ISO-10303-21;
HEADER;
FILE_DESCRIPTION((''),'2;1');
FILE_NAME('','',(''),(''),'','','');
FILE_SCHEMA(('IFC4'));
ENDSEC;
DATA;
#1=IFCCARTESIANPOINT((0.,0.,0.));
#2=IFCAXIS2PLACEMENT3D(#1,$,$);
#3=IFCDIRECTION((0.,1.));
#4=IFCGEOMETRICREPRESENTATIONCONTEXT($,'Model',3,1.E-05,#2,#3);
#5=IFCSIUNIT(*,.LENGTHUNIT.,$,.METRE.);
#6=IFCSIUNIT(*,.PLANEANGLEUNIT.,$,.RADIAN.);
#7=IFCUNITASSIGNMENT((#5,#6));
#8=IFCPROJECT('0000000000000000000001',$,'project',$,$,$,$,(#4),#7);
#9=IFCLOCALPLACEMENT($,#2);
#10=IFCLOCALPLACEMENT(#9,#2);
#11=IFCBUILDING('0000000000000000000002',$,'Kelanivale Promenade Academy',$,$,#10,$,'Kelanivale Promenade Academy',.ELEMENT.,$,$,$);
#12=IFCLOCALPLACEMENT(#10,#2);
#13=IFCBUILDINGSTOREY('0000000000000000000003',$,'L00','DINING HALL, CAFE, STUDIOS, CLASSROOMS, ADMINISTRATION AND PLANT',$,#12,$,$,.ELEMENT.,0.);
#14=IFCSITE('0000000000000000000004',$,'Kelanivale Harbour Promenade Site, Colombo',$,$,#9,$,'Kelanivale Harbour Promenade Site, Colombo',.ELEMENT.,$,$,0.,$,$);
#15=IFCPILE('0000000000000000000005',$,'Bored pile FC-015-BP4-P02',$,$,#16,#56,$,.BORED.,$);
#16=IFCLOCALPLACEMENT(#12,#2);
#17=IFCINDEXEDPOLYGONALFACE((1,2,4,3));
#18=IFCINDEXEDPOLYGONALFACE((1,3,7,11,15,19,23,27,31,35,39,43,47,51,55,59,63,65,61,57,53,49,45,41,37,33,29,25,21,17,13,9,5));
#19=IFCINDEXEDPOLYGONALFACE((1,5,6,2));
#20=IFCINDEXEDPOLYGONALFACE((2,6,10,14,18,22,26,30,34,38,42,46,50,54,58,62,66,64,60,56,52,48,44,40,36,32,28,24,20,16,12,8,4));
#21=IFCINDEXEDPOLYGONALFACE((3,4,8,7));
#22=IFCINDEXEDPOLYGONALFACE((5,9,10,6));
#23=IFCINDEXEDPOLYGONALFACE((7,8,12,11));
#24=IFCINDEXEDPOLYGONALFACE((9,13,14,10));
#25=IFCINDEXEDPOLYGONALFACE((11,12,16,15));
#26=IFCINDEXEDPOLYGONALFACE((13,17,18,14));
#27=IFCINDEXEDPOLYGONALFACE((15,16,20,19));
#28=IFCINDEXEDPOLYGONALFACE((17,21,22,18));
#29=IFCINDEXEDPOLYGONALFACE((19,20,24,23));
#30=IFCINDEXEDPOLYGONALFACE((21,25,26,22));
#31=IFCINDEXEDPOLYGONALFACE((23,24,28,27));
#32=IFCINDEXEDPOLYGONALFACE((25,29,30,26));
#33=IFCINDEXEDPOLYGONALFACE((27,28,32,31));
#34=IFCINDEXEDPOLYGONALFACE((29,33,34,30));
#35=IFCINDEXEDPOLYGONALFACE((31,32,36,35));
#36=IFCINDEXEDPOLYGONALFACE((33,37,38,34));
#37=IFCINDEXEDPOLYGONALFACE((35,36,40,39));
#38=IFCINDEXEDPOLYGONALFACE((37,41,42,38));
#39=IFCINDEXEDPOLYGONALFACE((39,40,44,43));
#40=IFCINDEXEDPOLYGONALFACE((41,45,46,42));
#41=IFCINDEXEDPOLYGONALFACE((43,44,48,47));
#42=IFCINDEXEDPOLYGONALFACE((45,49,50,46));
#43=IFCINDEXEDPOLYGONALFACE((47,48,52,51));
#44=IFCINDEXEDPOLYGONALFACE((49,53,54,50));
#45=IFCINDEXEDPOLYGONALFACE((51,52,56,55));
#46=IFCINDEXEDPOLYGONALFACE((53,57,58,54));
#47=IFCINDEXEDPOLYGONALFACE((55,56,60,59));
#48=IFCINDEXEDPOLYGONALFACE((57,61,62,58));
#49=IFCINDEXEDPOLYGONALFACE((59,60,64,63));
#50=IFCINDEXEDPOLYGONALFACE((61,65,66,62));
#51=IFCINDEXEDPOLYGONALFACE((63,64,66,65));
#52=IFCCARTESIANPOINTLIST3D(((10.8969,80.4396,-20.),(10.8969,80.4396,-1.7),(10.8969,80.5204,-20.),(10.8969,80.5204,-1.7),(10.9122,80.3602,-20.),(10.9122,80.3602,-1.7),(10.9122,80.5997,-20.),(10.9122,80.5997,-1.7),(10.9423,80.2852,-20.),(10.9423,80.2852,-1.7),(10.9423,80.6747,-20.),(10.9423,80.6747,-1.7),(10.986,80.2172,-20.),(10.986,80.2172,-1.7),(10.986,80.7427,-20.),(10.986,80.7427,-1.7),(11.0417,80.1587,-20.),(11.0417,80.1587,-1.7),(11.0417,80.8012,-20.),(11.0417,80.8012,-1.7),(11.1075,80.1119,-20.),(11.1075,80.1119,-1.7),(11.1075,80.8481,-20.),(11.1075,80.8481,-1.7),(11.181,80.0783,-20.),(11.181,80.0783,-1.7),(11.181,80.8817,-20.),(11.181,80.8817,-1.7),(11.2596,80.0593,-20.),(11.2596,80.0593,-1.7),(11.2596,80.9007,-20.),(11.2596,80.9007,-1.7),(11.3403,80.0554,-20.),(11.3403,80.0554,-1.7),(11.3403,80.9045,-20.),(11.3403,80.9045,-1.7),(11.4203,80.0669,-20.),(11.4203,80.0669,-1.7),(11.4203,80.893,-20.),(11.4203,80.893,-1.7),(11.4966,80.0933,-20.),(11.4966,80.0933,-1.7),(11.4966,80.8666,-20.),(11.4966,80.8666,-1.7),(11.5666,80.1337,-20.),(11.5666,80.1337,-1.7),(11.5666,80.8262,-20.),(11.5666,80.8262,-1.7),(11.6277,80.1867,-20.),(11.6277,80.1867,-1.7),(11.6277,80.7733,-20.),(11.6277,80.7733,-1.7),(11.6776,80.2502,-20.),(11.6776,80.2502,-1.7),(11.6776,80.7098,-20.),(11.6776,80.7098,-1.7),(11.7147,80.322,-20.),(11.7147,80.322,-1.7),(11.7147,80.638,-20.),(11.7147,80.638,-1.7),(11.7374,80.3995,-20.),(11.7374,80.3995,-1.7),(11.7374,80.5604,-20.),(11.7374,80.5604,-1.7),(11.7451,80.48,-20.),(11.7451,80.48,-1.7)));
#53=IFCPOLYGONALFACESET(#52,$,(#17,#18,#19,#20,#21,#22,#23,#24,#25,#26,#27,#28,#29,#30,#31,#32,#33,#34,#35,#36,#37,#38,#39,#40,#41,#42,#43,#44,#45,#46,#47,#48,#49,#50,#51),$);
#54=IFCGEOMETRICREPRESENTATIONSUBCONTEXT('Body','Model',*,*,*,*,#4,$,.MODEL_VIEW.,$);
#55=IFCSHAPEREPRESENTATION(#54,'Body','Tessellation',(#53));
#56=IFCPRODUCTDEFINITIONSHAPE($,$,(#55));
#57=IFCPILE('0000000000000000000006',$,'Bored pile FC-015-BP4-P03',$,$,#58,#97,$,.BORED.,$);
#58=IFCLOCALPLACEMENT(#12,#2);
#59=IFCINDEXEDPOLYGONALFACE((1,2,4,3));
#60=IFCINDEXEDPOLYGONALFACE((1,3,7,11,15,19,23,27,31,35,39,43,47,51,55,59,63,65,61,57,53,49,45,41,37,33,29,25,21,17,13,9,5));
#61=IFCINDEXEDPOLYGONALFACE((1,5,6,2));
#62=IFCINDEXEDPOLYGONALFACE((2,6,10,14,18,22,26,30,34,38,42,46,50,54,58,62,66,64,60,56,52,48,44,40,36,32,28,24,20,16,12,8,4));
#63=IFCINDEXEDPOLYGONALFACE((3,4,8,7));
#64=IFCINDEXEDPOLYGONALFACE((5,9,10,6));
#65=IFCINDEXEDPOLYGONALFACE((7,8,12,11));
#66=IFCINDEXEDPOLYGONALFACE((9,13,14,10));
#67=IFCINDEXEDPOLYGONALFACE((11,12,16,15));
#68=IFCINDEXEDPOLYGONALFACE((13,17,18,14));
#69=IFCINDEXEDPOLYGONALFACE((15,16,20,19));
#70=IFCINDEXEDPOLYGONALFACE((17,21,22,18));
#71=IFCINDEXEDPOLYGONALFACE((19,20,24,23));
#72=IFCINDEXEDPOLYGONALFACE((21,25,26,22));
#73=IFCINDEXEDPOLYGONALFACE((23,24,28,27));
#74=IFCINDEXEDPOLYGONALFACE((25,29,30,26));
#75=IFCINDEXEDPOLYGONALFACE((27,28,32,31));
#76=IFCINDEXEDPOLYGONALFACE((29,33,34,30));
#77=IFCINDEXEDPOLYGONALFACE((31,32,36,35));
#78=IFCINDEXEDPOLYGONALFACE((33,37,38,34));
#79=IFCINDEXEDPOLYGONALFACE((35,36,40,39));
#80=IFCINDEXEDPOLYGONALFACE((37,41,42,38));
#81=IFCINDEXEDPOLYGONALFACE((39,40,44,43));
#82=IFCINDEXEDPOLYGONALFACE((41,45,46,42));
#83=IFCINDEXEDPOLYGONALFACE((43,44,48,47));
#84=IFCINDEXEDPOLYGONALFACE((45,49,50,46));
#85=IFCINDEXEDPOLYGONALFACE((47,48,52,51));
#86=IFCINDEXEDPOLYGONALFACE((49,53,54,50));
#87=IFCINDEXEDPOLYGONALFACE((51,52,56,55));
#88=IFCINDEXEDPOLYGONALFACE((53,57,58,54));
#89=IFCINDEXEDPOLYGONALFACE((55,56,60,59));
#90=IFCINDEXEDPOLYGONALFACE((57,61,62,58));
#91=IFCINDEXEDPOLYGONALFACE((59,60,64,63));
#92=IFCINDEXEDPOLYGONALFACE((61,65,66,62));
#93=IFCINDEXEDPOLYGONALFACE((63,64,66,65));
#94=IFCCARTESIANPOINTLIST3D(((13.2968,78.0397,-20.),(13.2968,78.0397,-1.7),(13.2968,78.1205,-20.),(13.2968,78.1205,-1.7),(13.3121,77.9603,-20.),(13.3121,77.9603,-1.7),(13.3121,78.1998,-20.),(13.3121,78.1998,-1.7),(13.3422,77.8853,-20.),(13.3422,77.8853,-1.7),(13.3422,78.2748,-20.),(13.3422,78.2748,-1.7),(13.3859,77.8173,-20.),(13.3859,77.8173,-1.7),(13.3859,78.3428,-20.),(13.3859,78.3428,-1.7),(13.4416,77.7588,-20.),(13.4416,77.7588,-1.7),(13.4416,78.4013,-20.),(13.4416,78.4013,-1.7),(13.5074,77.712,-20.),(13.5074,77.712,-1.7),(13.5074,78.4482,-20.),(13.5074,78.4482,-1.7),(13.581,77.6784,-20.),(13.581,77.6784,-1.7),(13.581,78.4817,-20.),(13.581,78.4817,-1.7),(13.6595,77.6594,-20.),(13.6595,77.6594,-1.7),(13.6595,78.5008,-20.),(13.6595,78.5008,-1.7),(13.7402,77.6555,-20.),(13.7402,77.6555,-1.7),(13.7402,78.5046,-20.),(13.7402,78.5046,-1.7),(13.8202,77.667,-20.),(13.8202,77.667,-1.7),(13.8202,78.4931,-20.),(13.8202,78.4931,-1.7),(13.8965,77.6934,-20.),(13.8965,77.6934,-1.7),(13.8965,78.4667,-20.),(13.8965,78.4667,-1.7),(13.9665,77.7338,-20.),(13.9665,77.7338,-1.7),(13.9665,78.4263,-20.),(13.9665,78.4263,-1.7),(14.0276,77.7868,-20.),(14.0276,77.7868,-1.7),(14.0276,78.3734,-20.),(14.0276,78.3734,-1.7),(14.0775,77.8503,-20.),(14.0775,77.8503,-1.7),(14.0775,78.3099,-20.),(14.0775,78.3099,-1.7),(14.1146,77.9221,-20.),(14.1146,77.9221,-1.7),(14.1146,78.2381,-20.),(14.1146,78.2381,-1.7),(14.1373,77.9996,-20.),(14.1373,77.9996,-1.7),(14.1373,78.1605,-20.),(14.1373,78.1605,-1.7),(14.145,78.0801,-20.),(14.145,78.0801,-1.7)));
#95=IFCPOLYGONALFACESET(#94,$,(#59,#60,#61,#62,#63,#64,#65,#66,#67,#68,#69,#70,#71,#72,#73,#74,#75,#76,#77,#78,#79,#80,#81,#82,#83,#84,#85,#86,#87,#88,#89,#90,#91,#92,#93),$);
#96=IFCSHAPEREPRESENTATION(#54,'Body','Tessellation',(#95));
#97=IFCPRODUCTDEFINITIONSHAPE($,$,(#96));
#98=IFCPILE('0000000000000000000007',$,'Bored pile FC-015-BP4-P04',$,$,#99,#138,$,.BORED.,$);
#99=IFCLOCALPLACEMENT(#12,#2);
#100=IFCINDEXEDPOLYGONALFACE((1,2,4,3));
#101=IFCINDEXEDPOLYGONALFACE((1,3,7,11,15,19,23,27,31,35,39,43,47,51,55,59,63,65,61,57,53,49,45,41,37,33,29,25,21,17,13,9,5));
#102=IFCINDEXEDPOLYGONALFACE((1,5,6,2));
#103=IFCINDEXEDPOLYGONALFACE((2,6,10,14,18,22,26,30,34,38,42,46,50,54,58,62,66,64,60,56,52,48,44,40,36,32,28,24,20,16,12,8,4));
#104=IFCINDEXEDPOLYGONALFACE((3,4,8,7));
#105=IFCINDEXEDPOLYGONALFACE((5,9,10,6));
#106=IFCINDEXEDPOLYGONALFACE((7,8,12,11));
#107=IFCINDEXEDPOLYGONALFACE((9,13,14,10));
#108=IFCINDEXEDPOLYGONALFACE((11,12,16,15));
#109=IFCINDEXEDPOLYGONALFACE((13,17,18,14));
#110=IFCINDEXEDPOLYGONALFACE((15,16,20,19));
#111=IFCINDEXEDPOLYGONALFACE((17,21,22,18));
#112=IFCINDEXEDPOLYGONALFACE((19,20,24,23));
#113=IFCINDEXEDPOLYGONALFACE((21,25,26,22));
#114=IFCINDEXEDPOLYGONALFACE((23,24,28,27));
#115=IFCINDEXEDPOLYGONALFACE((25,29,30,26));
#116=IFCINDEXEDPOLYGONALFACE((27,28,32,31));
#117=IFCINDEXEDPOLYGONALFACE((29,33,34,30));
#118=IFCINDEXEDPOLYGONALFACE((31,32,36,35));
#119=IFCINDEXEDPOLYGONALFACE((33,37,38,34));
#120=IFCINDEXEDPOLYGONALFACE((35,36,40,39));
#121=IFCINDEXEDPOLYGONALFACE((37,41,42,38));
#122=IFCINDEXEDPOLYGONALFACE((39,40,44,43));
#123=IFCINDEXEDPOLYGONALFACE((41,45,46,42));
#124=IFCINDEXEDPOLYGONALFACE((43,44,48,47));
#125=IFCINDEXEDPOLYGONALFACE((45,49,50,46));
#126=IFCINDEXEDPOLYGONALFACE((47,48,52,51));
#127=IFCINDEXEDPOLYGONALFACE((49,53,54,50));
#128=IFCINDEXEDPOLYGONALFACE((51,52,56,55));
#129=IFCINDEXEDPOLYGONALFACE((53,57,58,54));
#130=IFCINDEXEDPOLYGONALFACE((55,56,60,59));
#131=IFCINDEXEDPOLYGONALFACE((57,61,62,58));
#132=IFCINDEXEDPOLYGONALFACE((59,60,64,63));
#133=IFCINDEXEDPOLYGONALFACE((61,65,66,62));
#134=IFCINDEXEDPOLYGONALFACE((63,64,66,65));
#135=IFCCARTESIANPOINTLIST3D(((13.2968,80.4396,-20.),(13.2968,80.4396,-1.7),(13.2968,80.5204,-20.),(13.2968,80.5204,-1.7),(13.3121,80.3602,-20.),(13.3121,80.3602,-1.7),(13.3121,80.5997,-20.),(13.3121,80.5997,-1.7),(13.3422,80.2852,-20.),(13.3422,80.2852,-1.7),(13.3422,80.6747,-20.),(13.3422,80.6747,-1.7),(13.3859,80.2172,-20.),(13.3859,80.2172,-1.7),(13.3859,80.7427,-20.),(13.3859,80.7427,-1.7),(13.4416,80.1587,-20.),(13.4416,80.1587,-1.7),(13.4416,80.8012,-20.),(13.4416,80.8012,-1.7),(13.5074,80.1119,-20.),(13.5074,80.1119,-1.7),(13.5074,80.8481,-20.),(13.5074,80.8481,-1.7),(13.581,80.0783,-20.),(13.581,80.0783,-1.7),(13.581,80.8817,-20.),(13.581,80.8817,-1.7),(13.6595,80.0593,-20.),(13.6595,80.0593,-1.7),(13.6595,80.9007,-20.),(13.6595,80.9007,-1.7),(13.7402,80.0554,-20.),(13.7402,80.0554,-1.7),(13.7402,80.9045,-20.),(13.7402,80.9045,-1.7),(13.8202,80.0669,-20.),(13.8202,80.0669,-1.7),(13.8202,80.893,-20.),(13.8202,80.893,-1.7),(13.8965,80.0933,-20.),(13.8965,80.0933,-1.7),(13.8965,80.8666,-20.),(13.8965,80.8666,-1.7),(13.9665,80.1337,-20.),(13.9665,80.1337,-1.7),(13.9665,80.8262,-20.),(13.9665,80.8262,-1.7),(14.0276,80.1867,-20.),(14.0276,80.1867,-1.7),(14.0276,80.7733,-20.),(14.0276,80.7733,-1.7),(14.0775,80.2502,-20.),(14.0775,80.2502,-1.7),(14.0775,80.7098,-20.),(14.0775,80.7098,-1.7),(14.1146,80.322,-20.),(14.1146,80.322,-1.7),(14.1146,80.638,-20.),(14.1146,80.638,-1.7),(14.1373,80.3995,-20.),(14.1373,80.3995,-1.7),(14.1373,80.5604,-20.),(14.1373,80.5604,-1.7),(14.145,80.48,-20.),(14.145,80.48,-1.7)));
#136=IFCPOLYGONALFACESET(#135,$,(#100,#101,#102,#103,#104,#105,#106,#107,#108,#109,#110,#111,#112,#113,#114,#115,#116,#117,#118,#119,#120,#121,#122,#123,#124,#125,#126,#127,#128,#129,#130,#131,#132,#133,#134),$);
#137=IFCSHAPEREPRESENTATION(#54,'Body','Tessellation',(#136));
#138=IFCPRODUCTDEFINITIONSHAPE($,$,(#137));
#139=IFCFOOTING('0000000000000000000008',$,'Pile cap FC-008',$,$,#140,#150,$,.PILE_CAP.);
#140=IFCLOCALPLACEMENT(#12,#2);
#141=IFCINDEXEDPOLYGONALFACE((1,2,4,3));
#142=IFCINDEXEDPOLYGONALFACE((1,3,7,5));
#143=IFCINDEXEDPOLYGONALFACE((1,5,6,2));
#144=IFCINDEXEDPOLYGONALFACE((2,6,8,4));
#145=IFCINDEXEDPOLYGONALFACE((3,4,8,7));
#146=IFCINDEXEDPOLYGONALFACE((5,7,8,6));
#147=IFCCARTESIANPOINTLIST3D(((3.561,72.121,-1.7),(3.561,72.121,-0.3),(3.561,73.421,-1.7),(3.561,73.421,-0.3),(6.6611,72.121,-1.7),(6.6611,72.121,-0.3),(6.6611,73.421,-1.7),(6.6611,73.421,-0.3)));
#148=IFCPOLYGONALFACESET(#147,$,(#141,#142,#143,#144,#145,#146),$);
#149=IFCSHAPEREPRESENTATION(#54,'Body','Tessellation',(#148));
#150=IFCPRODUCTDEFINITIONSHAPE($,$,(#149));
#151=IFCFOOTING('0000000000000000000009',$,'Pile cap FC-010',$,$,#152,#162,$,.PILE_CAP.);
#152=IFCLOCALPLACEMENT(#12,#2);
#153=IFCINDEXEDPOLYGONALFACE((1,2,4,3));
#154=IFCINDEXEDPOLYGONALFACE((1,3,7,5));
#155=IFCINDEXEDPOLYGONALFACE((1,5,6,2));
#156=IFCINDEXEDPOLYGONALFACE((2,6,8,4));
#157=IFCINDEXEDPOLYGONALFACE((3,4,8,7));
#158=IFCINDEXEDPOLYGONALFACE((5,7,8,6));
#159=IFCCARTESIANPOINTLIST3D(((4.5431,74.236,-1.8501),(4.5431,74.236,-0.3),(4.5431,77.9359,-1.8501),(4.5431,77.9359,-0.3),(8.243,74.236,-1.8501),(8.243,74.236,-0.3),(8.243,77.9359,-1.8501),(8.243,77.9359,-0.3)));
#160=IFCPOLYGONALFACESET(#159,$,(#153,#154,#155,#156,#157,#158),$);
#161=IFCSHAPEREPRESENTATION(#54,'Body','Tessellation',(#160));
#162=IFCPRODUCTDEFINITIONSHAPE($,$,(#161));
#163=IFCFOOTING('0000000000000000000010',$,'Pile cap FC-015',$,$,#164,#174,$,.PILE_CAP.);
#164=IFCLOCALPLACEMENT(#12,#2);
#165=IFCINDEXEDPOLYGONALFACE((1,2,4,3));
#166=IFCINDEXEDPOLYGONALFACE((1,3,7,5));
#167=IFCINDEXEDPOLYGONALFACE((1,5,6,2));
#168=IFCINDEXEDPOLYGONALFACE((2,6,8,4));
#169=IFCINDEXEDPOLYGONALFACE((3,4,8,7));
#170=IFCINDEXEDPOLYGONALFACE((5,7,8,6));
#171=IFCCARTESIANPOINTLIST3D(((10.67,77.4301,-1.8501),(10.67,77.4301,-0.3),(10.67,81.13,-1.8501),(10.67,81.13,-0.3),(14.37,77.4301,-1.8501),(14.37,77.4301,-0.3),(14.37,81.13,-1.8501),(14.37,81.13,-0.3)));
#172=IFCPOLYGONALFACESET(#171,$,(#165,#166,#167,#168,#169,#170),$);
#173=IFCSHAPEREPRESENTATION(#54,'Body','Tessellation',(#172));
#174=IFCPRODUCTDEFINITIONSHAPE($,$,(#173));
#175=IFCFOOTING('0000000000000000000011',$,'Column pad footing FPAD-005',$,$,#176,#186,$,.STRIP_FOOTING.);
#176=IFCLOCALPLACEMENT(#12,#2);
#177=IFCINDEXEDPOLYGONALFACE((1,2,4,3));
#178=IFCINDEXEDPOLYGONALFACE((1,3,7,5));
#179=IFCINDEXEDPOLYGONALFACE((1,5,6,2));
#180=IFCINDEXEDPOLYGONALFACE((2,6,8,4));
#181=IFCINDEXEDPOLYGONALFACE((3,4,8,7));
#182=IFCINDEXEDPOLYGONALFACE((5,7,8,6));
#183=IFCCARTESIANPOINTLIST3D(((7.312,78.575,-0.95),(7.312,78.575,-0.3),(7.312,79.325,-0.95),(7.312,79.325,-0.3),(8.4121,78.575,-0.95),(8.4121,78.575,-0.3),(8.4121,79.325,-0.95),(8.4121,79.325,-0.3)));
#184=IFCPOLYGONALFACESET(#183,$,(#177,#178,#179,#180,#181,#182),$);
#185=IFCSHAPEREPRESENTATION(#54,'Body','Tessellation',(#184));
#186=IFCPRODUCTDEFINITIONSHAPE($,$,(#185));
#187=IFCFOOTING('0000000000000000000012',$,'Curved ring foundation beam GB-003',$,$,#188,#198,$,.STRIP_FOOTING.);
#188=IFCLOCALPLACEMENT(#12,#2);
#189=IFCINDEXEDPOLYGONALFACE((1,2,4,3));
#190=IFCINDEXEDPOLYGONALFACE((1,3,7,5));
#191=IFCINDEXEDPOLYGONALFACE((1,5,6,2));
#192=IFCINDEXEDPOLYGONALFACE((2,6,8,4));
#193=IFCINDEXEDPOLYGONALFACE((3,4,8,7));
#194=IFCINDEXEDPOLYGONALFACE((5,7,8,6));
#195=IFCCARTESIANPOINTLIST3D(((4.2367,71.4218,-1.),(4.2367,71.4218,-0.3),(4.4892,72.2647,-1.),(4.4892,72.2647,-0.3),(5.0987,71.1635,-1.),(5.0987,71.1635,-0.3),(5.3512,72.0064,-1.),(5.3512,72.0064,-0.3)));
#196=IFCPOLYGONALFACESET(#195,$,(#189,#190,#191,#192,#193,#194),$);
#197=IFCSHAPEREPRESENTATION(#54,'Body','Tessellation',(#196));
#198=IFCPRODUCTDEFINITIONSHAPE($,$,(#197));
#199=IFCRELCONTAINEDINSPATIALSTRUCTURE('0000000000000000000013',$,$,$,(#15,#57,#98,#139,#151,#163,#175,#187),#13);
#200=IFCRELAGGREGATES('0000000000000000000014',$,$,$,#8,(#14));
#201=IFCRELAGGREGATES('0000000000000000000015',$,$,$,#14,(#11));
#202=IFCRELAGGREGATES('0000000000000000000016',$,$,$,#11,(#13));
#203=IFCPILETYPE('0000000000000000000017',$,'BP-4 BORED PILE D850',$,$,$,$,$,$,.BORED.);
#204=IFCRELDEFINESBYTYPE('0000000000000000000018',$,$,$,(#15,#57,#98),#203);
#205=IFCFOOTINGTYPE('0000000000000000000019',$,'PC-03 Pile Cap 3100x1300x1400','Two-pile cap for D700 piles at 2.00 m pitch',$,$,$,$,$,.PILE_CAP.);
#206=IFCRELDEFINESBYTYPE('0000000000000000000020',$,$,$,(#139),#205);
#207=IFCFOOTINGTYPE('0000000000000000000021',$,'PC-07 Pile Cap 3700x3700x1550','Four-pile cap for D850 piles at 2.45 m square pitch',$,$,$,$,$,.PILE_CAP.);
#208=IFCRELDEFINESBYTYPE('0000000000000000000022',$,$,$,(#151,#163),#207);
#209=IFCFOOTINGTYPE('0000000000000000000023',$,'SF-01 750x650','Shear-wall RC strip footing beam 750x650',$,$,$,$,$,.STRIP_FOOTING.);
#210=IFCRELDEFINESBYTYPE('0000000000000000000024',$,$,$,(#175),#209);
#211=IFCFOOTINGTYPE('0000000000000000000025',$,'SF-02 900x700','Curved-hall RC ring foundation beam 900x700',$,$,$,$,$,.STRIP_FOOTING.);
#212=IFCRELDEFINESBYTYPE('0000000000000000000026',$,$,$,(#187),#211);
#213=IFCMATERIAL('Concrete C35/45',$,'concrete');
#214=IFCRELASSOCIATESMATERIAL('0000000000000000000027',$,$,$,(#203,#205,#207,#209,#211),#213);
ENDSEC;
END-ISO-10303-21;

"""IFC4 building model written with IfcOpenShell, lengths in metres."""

from ifc_helpers import new_model, si_unit, direction, frame, origin, origin_2d, place, context, subcontext, project, spatial, rectangle, circle, extrude, material, material_profile, profile_set, type_object, element, save


model = new_model("IFC4")

# Units and contexts
model_context = context("Model", 3, precision=1e-05, world=origin(), true_north=direction((0.0, 1.0)))
body_context = subcontext(model_context, "Body", "Model", "MODEL_VIEW")
ifc_project = project(units=[si_unit("LENGTHUNIT", "METRE"), si_unit("PLANEANGLEUNIT", "RADIAN")], contexts=[model_context])

# Site, building, storey
site_placement = place(None, origin())
site = spatial("IfcSite", under=ifc_project, at=site_placement, Name="Kelanivale Harbour Promenade Site, Colombo", LongName="Kelanivale Harbour Promenade Site, Colombo", CompositionType="ELEMENT", RefElevation=0.0)
building_placement = place(site_placement, origin())
building = spatial("IfcBuilding", under=site, at=building_placement, Name="Kelanivale Promenade Academy", LongName="Kelanivale Promenade Academy", CompositionType="ELEMENT")
storey_placement = place(building_placement, origin())
storey = spatial("IfcBuildingStorey", under=building, at=storey_placement, Name="L00", Description="DINING HALL, CAFE, STUDIOS, CLASSROOMS, ADMINISTRATION AND PLANT", CompositionType="ELEMENT", Elevation=0.0)

# Piles
ifc_material_1 = material(Name="Concrete C35/45", Category="concrete")
ifc_material_profile_1 = material_profile(ifc_material_1, circle(Radius=0.425, at=origin_2d()), Name="BORED PILE D850")
ifc_profile_set_1 = profile_set([ifc_material_profile_1], Name="Concrete C35/45")
pile_type_1 = type_object("IfcPileType", Name="BP-4 BORED PILE D850", PredefinedType="BORED", material=ifc_profile_set_1)
for number, where, z_axis, x_axis, name in (
    (1, (11.3201, 80.48, -1.7), (0.0, 0.0, -1.0), (1.0, 0.0, 0.0), "Bored pile FC-015-BP4-P02"),
    (2, (13.72, 78.0801, -1.7), (0.0, 0.0, -1.0), (1.0, 0.0, 0.0), "Bored pile FC-015-BP4-P03"),
    (3, (13.72, 80.48, -1.7), (0.0, 0.0, -1.0), (1.0, 0.0, 0.0), "Bored pile FC-015-BP4-P04"),
):
    element("IfcPile", number, at=place(storey_placement, frame(where, z_axis=z_axis, x_axis=x_axis)), inside=storey, type_object=pile_type_1, Name=name, PredefinedType="BORED", context=body_context, shape_type="SweptSolid", body=[
        extrude(circle(Radius=0.425, at=origin_2d()), origin(), (0.0, 0.0, 1.0), 18.3),
    ])

# Footings
footing_type_1 = type_object("IfcFootingType", Name="PC-03 Pile Cap 3100x1300x1400", Description="Two-pile cap for D700 piles at 2.00 m pitch", PredefinedType="PILE_CAP", material=ifc_material_1)
footing_1_placement = place(storey_placement, frame((5.1111, 72.771, -1.7), z_axis=(0.0, 0.0, 1.0), x_axis=(1.0, 0.0, 0.0)))
element("IfcFooting", 4, at=footing_1_placement, inside=storey, type_object=footing_type_1, Name="Pile cap FC-008", PredefinedType="PILE_CAP", context=body_context, shape_type="SweptSolid", body=[
    extrude(rectangle(XDim=3.1001, YDim=1.3, at=origin_2d()), origin(), (0.0, 0.0, 1.0), 1.3999),
])
footing_type_2 = type_object("IfcFootingType", Name="PC-07 Pile Cap 3700x3700x1550", Description="Four-pile cap for D850 piles at 2.45 m square pitch", PredefinedType="PILE_CAP", material=ifc_material_1)
for number, where, z_axis, x_axis, name in (
    (5, (6.3931, 76.0859, -1.8501), (0.0, 0.0, 1.0), (1.0, 0.0, 0.0), "Pile cap FC-010"),
    (6, (12.52, 79.28, -1.8501), (0.0, 0.0, 1.0), (1.0, 0.0, 0.0), "Pile cap FC-015"),
):
    element("IfcFooting", number, at=place(storey_placement, frame(where, z_axis=z_axis, x_axis=x_axis)), inside=storey, type_object=footing_type_2, Name=name, PredefinedType="PILE_CAP", context=body_context, shape_type="SweptSolid", body=[
        extrude(rectangle(XDim=3.7, YDim=3.7, at=origin_2d()), origin(), (0.0, 0.0, 1.0), 1.55),
    ])
footing_type_3 = type_object("IfcFootingType", Name="SF-01 750x650", Description="Shear-wall RC strip footing beam 750x650", PredefinedType="STRIP_FOOTING", material=ifc_material_1)
footing_2_placement = place(storey_placement, frame((7.8621, 78.95, -0.95), z_axis=(0.0, 0.0, 1.0), x_axis=(1.0, 0.0, 0.0)))
element("IfcFooting", 7, at=footing_2_placement, inside=storey, type_object=footing_type_3, Name="Column pad footing FPAD-005", PredefinedType="STRIP_FOOTING", context=body_context, shape_type="SweptSolid", body=[
    extrude(rectangle(XDim=1.1001, YDim=0.75, at=origin_2d()), origin(), (0.0, 0.0, 1.0), 0.6499),
])
footing_type_4 = type_object("IfcFootingType", Name="SF-02 900x700", Description="Curved-hall RC ring foundation beam 900x700", PredefinedType="STRIP_FOOTING", material=ifc_material_1)
footing_3_placement = place(storey_placement, frame((4.7939, 71.7141, -1.0), z_axis=(0.0, 0.0, 1.0), x_axis=(0.287026, 0.957923, 0.0)))
element("IfcFooting", 8, at=footing_3_placement, inside=storey, type_object=footing_type_4, Name="Curved ring foundation beam GB-003", PredefinedType="STRIP_FOOTING", context=body_context, shape_type="SweptSolid", body=[
    extrude(rectangle(XDim=0.8799, YDim=0.8999, at=origin_2d()), origin(), (0.0, 0.0, 1.0), 0.7),
])

save(model, "model.ifc")
